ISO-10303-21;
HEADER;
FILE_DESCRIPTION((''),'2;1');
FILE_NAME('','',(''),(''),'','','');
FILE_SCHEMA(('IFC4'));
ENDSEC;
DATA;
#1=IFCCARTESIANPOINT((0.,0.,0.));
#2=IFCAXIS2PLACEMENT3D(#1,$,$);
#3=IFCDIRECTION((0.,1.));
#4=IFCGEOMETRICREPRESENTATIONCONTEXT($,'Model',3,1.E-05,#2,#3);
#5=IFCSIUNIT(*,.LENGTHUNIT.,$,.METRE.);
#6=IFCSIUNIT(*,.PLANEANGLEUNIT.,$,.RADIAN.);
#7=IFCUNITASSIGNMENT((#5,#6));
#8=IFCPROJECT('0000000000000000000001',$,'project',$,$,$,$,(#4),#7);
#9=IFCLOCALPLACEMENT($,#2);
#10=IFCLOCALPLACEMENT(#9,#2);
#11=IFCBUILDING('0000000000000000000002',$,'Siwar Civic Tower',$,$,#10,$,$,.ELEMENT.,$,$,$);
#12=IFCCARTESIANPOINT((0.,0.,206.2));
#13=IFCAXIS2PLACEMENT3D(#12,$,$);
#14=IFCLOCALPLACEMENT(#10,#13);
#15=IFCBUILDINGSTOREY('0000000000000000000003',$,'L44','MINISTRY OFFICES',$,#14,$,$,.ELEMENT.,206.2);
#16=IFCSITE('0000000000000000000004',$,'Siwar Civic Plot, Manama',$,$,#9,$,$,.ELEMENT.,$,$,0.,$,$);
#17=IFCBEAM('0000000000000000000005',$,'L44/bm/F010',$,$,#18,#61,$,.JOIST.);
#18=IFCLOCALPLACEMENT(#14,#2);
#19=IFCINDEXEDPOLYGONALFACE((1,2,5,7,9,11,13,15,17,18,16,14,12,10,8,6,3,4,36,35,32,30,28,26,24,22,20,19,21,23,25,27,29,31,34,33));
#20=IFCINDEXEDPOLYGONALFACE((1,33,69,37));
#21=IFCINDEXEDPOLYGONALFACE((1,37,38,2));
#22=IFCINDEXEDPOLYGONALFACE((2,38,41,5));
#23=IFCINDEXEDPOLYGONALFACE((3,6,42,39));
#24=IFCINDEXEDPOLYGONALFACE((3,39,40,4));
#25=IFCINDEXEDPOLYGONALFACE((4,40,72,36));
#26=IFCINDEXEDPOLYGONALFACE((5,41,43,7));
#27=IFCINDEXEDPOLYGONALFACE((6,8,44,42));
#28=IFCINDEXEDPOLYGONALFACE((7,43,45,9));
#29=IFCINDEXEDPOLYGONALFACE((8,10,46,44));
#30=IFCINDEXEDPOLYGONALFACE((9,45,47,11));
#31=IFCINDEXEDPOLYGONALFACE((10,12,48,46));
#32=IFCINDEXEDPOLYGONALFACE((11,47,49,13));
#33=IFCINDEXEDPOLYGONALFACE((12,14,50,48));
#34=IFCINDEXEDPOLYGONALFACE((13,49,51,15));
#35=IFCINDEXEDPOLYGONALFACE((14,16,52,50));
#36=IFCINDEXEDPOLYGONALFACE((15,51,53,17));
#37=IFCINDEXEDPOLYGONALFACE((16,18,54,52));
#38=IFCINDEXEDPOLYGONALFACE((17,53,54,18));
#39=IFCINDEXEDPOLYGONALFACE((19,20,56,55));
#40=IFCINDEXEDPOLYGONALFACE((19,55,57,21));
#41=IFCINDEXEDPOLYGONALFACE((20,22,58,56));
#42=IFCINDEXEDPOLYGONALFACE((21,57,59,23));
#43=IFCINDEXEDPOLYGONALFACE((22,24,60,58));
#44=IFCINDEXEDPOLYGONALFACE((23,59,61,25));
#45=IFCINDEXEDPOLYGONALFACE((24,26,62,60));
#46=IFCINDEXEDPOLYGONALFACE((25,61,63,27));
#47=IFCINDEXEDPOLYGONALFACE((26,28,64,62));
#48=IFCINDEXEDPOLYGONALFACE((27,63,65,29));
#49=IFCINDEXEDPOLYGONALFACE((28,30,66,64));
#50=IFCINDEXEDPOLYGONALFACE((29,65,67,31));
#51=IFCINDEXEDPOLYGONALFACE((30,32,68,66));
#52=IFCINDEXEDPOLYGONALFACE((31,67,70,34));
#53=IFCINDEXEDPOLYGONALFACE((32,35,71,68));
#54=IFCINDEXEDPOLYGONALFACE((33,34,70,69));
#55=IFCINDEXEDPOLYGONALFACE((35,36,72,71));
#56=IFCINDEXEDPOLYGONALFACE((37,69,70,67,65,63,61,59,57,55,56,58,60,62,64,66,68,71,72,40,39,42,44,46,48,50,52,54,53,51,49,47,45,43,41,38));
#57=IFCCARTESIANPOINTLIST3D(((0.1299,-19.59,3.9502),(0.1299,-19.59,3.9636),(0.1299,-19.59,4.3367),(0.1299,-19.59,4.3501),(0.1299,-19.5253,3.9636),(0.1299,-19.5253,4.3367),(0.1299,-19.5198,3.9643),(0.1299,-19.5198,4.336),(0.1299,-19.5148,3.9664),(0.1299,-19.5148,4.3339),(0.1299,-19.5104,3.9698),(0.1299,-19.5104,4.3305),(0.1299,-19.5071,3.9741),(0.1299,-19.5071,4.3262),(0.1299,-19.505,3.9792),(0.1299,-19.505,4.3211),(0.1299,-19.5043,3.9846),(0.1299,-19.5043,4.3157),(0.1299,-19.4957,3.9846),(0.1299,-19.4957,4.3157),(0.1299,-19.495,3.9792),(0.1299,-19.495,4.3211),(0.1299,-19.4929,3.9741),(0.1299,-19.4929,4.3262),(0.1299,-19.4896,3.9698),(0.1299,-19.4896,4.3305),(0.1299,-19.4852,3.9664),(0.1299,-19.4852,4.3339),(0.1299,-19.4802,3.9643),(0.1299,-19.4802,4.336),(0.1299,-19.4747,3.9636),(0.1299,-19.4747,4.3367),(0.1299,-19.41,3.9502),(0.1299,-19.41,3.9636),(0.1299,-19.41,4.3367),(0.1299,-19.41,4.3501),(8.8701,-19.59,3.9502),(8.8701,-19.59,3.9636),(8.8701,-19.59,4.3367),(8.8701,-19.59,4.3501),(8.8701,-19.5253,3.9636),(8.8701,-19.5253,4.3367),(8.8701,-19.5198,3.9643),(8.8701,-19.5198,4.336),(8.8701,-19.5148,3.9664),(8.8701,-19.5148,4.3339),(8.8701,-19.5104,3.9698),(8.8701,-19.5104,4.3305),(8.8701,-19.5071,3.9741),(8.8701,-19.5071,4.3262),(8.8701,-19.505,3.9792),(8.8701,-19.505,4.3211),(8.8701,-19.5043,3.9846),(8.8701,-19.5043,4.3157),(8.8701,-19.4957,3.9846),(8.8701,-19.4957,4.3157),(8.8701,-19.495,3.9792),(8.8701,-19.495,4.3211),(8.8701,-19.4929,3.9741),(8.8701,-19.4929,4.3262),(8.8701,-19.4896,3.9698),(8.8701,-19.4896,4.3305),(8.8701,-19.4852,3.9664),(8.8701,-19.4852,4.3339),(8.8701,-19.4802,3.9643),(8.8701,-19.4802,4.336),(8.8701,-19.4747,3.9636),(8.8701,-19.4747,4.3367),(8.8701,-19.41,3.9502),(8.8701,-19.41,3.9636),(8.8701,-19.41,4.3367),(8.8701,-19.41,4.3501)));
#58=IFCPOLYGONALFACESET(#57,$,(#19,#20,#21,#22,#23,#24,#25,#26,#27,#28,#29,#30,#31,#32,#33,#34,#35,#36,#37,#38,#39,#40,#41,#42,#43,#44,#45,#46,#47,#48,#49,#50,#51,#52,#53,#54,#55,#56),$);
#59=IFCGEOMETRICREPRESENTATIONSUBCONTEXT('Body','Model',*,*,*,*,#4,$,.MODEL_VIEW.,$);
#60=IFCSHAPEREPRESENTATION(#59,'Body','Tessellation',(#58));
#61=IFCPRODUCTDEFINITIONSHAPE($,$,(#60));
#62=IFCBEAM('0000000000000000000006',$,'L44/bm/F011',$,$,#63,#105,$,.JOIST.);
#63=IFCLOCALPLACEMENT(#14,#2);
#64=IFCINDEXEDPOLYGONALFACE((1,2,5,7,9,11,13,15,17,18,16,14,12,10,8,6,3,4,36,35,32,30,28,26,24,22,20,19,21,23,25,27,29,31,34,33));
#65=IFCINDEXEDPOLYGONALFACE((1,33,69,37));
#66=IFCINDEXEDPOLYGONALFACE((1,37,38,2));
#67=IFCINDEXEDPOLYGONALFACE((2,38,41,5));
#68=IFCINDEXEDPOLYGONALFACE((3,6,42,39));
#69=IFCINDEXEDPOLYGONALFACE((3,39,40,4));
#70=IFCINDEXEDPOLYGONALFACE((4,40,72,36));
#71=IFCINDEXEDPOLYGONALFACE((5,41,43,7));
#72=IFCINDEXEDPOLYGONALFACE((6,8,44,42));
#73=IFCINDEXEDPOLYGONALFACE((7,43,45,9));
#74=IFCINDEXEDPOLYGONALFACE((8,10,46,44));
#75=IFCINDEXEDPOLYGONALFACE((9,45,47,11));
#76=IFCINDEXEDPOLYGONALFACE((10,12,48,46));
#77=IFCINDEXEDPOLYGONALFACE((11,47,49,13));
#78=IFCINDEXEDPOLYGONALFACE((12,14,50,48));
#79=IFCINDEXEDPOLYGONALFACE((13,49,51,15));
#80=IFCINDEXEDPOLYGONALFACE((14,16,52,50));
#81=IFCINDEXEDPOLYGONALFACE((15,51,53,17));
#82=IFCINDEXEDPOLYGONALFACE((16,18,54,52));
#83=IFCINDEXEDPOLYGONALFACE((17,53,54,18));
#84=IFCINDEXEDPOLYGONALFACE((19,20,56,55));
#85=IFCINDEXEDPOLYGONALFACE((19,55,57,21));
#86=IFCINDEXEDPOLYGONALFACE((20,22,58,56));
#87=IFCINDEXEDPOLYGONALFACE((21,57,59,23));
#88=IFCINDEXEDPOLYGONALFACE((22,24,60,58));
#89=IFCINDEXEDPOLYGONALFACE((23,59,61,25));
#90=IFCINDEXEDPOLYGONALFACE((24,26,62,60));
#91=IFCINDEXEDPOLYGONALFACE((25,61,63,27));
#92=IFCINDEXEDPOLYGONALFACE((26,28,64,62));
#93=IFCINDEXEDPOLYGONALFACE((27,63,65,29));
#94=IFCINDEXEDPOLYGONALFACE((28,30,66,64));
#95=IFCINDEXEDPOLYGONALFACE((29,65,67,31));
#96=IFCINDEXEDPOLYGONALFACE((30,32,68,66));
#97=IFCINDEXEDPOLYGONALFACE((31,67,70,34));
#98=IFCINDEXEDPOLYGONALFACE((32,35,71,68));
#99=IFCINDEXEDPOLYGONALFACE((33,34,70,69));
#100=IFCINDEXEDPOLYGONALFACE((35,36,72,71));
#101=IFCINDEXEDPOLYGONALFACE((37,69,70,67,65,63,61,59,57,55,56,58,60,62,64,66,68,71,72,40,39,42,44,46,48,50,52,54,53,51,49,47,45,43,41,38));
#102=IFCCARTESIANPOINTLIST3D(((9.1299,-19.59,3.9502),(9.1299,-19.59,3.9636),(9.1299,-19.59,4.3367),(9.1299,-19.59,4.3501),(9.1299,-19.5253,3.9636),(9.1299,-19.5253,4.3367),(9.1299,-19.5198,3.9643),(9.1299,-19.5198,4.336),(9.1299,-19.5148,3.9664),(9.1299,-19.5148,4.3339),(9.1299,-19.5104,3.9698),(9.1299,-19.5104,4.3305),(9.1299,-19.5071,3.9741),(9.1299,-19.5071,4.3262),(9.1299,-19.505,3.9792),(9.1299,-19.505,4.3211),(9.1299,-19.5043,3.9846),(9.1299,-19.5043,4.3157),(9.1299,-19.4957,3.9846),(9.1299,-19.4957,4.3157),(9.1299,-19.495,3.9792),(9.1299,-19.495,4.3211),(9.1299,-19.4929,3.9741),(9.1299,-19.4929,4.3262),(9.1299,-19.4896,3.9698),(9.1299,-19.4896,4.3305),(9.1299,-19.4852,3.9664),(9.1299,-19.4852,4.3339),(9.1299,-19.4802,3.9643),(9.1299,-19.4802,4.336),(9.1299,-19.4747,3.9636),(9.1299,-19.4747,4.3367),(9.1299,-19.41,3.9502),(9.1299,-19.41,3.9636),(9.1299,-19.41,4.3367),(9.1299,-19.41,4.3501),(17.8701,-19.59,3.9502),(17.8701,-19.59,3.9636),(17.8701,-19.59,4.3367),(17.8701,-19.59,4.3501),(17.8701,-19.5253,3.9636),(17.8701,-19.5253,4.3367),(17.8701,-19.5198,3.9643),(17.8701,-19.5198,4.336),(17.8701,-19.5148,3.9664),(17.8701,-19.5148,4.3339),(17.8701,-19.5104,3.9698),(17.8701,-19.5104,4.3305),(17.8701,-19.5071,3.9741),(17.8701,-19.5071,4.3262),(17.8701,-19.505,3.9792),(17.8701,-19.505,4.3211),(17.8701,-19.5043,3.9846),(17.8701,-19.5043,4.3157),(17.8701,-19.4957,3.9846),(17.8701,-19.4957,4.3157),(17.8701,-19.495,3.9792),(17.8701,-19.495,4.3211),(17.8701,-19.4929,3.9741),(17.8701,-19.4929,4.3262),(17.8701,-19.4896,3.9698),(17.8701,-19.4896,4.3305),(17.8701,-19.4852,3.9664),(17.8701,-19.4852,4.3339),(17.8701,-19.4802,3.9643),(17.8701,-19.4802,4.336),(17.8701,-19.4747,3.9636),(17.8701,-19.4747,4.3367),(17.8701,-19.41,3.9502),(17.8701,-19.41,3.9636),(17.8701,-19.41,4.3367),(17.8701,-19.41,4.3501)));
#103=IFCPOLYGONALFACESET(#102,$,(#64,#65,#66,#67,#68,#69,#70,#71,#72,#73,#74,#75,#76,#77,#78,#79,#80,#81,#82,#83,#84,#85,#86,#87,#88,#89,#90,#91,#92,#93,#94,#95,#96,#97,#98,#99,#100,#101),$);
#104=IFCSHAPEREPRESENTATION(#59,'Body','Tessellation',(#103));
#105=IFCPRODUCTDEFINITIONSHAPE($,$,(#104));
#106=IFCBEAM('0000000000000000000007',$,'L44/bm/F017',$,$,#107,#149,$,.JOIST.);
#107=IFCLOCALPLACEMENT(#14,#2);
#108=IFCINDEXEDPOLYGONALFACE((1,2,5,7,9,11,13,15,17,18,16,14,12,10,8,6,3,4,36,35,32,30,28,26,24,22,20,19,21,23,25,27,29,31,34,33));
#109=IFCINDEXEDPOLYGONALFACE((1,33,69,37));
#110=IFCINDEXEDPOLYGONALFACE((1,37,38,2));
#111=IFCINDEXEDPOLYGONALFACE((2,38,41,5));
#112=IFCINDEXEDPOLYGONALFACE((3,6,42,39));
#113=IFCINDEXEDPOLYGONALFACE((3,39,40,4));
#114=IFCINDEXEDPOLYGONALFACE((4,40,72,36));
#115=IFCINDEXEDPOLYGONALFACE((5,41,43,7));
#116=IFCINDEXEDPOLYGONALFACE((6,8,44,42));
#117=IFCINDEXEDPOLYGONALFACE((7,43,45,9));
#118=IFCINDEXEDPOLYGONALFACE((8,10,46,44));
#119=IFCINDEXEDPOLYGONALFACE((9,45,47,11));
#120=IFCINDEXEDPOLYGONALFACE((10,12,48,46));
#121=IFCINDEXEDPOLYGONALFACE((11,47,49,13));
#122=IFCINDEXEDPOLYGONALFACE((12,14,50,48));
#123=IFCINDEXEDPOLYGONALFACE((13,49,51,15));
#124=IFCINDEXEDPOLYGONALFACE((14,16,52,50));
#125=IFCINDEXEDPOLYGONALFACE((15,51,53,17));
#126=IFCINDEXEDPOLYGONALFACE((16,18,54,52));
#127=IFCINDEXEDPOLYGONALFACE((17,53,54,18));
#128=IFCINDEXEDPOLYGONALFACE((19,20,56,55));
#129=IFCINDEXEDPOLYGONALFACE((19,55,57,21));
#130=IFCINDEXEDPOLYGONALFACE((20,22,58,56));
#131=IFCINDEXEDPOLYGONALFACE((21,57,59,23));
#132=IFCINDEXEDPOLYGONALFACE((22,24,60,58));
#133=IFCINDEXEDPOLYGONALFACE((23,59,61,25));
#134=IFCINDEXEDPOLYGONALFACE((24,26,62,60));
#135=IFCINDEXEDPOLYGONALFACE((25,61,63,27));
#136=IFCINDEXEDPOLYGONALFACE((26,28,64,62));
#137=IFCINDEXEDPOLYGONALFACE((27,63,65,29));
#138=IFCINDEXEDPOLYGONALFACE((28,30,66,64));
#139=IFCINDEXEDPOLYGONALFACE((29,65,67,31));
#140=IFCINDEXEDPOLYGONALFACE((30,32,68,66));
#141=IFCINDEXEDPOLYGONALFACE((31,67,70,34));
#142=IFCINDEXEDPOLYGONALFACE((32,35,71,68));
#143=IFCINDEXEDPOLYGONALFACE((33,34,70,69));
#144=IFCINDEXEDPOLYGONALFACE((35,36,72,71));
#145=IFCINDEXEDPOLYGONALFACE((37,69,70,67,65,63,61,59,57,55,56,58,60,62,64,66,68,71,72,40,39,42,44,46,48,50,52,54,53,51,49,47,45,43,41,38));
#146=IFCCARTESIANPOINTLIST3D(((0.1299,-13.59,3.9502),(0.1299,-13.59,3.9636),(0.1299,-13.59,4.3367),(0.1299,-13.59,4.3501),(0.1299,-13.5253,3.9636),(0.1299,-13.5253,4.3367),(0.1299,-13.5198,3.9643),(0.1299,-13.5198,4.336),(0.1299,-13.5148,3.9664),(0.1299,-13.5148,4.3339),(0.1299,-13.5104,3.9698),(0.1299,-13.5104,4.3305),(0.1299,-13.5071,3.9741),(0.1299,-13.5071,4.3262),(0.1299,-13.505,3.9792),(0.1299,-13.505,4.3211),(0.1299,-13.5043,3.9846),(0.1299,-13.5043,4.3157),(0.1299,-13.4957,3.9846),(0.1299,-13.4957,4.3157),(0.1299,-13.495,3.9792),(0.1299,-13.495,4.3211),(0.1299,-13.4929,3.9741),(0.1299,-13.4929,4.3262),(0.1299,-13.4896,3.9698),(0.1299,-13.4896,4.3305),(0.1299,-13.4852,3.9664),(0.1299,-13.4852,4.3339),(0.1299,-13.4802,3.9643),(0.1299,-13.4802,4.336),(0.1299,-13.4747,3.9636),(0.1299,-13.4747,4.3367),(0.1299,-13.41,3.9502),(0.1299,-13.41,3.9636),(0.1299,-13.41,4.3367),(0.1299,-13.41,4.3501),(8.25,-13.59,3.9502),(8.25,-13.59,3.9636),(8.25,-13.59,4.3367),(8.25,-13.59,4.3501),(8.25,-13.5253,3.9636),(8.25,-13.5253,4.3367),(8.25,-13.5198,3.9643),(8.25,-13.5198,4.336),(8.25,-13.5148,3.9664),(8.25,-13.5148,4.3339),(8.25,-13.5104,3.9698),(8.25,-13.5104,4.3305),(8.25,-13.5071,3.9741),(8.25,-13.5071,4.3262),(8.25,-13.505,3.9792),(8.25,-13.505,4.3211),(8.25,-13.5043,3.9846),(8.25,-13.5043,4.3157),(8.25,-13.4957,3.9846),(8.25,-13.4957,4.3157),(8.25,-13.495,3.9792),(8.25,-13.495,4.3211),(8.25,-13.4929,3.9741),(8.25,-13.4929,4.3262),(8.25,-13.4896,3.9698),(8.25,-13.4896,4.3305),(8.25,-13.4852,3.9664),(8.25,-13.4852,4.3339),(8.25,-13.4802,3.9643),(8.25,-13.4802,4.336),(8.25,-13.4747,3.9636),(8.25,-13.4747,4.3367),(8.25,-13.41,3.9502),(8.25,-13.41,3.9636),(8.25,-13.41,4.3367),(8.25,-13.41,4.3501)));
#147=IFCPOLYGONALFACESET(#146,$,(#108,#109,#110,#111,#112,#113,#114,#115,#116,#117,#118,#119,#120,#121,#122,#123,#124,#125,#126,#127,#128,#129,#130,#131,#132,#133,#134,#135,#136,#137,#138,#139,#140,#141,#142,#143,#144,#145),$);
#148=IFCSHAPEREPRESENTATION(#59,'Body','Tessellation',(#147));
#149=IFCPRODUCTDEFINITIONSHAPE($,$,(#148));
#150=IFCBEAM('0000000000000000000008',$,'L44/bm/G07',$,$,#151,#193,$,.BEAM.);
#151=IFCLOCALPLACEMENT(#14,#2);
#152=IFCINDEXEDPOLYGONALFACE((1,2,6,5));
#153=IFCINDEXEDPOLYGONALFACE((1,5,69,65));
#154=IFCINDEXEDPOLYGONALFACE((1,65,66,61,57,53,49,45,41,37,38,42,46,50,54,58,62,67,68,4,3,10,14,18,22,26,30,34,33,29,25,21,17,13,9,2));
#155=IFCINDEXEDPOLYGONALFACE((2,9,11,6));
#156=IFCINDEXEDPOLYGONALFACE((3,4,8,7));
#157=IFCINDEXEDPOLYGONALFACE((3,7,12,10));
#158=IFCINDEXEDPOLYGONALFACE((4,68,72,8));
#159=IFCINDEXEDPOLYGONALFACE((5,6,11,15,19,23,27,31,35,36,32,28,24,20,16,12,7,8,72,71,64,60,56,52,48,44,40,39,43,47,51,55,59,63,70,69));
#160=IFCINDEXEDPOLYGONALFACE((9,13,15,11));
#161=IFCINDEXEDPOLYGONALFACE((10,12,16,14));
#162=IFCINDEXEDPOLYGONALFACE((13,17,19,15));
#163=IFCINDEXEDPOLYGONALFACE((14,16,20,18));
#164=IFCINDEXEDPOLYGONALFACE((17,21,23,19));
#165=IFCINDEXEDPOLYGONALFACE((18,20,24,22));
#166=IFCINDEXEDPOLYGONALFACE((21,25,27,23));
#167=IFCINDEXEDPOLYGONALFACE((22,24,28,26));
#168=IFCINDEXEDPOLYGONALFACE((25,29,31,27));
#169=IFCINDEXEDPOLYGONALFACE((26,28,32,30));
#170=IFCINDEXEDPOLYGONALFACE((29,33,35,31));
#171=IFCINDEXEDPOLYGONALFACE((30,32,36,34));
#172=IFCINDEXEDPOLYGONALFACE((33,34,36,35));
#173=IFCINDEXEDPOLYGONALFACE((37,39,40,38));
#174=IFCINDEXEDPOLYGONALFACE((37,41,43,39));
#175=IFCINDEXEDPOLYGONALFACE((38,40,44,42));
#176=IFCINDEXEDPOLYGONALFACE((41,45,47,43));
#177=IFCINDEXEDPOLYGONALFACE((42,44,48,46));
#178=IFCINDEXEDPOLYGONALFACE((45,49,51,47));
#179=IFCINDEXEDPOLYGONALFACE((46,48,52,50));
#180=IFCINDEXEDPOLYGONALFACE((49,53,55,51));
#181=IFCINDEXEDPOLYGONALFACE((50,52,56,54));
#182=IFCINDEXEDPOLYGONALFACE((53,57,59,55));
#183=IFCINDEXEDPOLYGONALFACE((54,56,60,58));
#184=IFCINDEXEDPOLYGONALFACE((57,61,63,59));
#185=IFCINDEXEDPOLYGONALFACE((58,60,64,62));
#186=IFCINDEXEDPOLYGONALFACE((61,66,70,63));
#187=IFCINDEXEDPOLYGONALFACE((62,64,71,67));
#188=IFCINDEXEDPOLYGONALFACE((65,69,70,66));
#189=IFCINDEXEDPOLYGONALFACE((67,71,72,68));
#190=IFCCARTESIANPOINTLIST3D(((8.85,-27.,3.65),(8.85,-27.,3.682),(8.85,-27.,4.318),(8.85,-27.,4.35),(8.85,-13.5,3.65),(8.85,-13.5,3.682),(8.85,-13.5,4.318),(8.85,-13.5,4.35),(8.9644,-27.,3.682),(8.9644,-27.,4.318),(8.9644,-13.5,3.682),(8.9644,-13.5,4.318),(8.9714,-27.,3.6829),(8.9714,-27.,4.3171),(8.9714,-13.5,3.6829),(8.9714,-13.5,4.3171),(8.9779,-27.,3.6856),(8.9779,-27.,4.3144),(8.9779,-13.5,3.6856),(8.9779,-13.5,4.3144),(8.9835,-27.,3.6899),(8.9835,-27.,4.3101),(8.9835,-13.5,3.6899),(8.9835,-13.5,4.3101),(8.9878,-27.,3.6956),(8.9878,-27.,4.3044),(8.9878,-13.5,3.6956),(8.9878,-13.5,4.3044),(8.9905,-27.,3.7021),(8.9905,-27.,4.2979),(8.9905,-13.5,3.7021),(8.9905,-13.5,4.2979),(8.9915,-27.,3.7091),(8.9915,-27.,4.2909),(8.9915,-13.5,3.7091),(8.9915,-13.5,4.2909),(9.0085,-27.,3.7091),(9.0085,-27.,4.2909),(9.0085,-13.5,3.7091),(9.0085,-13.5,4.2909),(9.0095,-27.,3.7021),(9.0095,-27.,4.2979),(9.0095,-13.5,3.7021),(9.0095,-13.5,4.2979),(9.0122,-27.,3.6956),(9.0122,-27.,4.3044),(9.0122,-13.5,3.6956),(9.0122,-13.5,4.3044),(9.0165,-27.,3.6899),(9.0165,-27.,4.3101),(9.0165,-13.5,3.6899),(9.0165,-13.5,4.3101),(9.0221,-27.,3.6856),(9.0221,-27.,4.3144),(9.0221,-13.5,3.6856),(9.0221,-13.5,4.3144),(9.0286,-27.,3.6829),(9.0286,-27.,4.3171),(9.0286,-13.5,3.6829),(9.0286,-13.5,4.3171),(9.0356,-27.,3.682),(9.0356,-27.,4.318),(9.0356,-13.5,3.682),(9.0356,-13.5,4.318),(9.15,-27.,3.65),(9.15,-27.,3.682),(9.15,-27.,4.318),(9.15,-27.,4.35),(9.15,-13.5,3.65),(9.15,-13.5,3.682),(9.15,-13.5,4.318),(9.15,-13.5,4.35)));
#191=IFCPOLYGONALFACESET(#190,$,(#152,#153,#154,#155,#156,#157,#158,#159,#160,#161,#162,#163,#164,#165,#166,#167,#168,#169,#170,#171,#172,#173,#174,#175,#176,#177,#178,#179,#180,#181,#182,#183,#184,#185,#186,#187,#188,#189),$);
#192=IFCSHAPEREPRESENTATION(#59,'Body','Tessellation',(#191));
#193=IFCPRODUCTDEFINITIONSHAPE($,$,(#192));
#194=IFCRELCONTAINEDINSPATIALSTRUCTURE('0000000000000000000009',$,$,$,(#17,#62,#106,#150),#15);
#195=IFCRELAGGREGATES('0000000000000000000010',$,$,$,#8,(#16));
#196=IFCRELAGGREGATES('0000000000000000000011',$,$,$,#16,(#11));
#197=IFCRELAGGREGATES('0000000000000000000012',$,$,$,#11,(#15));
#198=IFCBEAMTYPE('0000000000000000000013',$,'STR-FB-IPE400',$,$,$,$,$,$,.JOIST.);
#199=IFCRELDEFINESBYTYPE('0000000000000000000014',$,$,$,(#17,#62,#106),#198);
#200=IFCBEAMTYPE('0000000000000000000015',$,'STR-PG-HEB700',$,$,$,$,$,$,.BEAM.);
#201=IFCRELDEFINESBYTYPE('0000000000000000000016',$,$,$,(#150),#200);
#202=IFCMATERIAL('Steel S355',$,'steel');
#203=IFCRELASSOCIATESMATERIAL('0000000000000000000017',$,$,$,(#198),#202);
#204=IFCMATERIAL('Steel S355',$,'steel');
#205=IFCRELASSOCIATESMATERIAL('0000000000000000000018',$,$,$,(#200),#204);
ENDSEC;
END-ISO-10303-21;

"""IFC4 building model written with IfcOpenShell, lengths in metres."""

from ifc_helpers import new_model, si_unit, direction, frame, origin, origin_2d, place, context, subcontext, project, spatial, i_section, extrude, material, material_profile, profile_set, type_object, element, save


model = new_model("IFC4")

# Units and contexts
model_context = context("Model", 3, precision=1e-05, world=origin(), true_north=direction((0.0, 1.0)))
body_context = subcontext(model_context, "Body", "Model", "MODEL_VIEW")
ifc_project = project(units=[si_unit("LENGTHUNIT", "METRE"), si_unit("PLANEANGLEUNIT", "RADIAN")], contexts=[model_context])

# Site, building, storey
site_placement = place(None, origin())
site = spatial("IfcSite", under=ifc_project, at=site_placement, Name="Siwar Civic Plot, Manama", CompositionType="ELEMENT", RefElevation=0.0)
building_placement = place(site_placement, origin())
building = spatial("IfcBuilding", under=site, at=building_placement, Name="Siwar Civic Tower", CompositionType="ELEMENT")
storey_placement = place(building_placement, frame((0.0, 0.0, 206.2)))
storey = spatial("IfcBuildingStorey", under=building, at=storey_placement, Name="L44", Description="MINISTRY OFFICES", CompositionType="ELEMENT", Elevation=206.2)

# Beams
ifc_material_1 = material(Name="Steel S355", Category="steel")
ifc_material_profile_1 = material_profile(ifc_material_1, i_section(OverallWidth=0.1799, OverallDepth=0.3999, WebThickness=0.0085, FlangeThickness=0.0134, FilletRadius=0.021, at=origin_2d()), Name="IPE400")
ifc_profile_set_1 = profile_set([ifc_material_profile_1], Name="Steel S355")
beam_type_1 = type_object("IfcBeamType", Name="STR-FB-IPE400", PredefinedType="JOIST", material=ifc_profile_set_1)
for number, where, z_axis, x_axis, name in (
    (1, (0.1299, -19.5, 4.1501), (1.0, 0.0, 0.0), (0.0, 1.0, 0.0), "L44/bm/F010"),
    (2, (9.1299, -19.5, 4.1501), (1.0, 0.0, 0.0), (0.0, 1.0, 0.0), "L44/bm/F011"),
):
    element("IfcBeam", number, at=place(storey_placement, frame(where, z_axis=z_axis, x_axis=x_axis)), inside=storey, type_object=beam_type_1, Name=name, PredefinedType="JOIST", context=body_context, shape_type="SweptSolid", body=[
        extrude(i_section(OverallWidth=0.1799, OverallDepth=0.3999, WebThickness=0.0085, FlangeThickness=0.0134, FilletRadius=0.021, at=origin_2d()), origin(), (0.0, 0.0, 1.0), 8.7402),
    ])
beam_1_placement = place(storey_placement, frame((0.1299, -13.5, 4.1501), z_axis=(1.0, 0.0, 0.0), x_axis=(0.0, 1.0, 0.0)))
element("IfcBeam", 3, at=beam_1_placement, inside=storey, type_object=beam_type_1, Name="L44/bm/F017", PredefinedType="JOIST", context=body_context, shape_type="SweptSolid", body=[
    extrude(i_section(OverallWidth=0.1799, OverallDepth=0.3999, WebThickness=0.0085, FlangeThickness=0.0134, FilletRadius=0.021, at=origin_2d()), origin(), (0.0, 0.0, 1.0), 8.1201),
])
ifc_material_2 = material(Name="Steel S355", Category="steel")
ifc_material_profile_2 = material_profile(ifc_material_2, i_section(OverallWidth=0.3, OverallDepth=0.7, WebThickness=0.0171, FlangeThickness=0.032, FilletRadius=0.0271, at=origin_2d()), Name="HEB700")
ifc_profile_set_2 = profile_set([ifc_material_profile_2], Name="Steel S355")
beam_type_2 = type_object("IfcBeamType", Name="STR-PG-HEB700", PredefinedType="BEAM", material=ifc_profile_set_2)
beam_2_placement = place(storey_placement, frame((9.0, -27.0, 4.0), z_axis=(0.0, 1.0, 0.0), x_axis=(-1.0, 0.0, 0.0)))
element("IfcBeam", 4, at=beam_2_placement, inside=storey, type_object=beam_type_2, Name="L44/bm/G07", PredefinedType="BEAM", context=body_context, shape_type="SweptSolid", body=[
    extrude(i_section(OverallWidth=0.3, OverallDepth=0.7, WebThickness=0.0171, FlangeThickness=0.032, FilletRadius=0.0271, at=origin_2d()), origin(), (0.0, 0.0, 1.0), 13.5),
])

save(model, "model.ifc")
